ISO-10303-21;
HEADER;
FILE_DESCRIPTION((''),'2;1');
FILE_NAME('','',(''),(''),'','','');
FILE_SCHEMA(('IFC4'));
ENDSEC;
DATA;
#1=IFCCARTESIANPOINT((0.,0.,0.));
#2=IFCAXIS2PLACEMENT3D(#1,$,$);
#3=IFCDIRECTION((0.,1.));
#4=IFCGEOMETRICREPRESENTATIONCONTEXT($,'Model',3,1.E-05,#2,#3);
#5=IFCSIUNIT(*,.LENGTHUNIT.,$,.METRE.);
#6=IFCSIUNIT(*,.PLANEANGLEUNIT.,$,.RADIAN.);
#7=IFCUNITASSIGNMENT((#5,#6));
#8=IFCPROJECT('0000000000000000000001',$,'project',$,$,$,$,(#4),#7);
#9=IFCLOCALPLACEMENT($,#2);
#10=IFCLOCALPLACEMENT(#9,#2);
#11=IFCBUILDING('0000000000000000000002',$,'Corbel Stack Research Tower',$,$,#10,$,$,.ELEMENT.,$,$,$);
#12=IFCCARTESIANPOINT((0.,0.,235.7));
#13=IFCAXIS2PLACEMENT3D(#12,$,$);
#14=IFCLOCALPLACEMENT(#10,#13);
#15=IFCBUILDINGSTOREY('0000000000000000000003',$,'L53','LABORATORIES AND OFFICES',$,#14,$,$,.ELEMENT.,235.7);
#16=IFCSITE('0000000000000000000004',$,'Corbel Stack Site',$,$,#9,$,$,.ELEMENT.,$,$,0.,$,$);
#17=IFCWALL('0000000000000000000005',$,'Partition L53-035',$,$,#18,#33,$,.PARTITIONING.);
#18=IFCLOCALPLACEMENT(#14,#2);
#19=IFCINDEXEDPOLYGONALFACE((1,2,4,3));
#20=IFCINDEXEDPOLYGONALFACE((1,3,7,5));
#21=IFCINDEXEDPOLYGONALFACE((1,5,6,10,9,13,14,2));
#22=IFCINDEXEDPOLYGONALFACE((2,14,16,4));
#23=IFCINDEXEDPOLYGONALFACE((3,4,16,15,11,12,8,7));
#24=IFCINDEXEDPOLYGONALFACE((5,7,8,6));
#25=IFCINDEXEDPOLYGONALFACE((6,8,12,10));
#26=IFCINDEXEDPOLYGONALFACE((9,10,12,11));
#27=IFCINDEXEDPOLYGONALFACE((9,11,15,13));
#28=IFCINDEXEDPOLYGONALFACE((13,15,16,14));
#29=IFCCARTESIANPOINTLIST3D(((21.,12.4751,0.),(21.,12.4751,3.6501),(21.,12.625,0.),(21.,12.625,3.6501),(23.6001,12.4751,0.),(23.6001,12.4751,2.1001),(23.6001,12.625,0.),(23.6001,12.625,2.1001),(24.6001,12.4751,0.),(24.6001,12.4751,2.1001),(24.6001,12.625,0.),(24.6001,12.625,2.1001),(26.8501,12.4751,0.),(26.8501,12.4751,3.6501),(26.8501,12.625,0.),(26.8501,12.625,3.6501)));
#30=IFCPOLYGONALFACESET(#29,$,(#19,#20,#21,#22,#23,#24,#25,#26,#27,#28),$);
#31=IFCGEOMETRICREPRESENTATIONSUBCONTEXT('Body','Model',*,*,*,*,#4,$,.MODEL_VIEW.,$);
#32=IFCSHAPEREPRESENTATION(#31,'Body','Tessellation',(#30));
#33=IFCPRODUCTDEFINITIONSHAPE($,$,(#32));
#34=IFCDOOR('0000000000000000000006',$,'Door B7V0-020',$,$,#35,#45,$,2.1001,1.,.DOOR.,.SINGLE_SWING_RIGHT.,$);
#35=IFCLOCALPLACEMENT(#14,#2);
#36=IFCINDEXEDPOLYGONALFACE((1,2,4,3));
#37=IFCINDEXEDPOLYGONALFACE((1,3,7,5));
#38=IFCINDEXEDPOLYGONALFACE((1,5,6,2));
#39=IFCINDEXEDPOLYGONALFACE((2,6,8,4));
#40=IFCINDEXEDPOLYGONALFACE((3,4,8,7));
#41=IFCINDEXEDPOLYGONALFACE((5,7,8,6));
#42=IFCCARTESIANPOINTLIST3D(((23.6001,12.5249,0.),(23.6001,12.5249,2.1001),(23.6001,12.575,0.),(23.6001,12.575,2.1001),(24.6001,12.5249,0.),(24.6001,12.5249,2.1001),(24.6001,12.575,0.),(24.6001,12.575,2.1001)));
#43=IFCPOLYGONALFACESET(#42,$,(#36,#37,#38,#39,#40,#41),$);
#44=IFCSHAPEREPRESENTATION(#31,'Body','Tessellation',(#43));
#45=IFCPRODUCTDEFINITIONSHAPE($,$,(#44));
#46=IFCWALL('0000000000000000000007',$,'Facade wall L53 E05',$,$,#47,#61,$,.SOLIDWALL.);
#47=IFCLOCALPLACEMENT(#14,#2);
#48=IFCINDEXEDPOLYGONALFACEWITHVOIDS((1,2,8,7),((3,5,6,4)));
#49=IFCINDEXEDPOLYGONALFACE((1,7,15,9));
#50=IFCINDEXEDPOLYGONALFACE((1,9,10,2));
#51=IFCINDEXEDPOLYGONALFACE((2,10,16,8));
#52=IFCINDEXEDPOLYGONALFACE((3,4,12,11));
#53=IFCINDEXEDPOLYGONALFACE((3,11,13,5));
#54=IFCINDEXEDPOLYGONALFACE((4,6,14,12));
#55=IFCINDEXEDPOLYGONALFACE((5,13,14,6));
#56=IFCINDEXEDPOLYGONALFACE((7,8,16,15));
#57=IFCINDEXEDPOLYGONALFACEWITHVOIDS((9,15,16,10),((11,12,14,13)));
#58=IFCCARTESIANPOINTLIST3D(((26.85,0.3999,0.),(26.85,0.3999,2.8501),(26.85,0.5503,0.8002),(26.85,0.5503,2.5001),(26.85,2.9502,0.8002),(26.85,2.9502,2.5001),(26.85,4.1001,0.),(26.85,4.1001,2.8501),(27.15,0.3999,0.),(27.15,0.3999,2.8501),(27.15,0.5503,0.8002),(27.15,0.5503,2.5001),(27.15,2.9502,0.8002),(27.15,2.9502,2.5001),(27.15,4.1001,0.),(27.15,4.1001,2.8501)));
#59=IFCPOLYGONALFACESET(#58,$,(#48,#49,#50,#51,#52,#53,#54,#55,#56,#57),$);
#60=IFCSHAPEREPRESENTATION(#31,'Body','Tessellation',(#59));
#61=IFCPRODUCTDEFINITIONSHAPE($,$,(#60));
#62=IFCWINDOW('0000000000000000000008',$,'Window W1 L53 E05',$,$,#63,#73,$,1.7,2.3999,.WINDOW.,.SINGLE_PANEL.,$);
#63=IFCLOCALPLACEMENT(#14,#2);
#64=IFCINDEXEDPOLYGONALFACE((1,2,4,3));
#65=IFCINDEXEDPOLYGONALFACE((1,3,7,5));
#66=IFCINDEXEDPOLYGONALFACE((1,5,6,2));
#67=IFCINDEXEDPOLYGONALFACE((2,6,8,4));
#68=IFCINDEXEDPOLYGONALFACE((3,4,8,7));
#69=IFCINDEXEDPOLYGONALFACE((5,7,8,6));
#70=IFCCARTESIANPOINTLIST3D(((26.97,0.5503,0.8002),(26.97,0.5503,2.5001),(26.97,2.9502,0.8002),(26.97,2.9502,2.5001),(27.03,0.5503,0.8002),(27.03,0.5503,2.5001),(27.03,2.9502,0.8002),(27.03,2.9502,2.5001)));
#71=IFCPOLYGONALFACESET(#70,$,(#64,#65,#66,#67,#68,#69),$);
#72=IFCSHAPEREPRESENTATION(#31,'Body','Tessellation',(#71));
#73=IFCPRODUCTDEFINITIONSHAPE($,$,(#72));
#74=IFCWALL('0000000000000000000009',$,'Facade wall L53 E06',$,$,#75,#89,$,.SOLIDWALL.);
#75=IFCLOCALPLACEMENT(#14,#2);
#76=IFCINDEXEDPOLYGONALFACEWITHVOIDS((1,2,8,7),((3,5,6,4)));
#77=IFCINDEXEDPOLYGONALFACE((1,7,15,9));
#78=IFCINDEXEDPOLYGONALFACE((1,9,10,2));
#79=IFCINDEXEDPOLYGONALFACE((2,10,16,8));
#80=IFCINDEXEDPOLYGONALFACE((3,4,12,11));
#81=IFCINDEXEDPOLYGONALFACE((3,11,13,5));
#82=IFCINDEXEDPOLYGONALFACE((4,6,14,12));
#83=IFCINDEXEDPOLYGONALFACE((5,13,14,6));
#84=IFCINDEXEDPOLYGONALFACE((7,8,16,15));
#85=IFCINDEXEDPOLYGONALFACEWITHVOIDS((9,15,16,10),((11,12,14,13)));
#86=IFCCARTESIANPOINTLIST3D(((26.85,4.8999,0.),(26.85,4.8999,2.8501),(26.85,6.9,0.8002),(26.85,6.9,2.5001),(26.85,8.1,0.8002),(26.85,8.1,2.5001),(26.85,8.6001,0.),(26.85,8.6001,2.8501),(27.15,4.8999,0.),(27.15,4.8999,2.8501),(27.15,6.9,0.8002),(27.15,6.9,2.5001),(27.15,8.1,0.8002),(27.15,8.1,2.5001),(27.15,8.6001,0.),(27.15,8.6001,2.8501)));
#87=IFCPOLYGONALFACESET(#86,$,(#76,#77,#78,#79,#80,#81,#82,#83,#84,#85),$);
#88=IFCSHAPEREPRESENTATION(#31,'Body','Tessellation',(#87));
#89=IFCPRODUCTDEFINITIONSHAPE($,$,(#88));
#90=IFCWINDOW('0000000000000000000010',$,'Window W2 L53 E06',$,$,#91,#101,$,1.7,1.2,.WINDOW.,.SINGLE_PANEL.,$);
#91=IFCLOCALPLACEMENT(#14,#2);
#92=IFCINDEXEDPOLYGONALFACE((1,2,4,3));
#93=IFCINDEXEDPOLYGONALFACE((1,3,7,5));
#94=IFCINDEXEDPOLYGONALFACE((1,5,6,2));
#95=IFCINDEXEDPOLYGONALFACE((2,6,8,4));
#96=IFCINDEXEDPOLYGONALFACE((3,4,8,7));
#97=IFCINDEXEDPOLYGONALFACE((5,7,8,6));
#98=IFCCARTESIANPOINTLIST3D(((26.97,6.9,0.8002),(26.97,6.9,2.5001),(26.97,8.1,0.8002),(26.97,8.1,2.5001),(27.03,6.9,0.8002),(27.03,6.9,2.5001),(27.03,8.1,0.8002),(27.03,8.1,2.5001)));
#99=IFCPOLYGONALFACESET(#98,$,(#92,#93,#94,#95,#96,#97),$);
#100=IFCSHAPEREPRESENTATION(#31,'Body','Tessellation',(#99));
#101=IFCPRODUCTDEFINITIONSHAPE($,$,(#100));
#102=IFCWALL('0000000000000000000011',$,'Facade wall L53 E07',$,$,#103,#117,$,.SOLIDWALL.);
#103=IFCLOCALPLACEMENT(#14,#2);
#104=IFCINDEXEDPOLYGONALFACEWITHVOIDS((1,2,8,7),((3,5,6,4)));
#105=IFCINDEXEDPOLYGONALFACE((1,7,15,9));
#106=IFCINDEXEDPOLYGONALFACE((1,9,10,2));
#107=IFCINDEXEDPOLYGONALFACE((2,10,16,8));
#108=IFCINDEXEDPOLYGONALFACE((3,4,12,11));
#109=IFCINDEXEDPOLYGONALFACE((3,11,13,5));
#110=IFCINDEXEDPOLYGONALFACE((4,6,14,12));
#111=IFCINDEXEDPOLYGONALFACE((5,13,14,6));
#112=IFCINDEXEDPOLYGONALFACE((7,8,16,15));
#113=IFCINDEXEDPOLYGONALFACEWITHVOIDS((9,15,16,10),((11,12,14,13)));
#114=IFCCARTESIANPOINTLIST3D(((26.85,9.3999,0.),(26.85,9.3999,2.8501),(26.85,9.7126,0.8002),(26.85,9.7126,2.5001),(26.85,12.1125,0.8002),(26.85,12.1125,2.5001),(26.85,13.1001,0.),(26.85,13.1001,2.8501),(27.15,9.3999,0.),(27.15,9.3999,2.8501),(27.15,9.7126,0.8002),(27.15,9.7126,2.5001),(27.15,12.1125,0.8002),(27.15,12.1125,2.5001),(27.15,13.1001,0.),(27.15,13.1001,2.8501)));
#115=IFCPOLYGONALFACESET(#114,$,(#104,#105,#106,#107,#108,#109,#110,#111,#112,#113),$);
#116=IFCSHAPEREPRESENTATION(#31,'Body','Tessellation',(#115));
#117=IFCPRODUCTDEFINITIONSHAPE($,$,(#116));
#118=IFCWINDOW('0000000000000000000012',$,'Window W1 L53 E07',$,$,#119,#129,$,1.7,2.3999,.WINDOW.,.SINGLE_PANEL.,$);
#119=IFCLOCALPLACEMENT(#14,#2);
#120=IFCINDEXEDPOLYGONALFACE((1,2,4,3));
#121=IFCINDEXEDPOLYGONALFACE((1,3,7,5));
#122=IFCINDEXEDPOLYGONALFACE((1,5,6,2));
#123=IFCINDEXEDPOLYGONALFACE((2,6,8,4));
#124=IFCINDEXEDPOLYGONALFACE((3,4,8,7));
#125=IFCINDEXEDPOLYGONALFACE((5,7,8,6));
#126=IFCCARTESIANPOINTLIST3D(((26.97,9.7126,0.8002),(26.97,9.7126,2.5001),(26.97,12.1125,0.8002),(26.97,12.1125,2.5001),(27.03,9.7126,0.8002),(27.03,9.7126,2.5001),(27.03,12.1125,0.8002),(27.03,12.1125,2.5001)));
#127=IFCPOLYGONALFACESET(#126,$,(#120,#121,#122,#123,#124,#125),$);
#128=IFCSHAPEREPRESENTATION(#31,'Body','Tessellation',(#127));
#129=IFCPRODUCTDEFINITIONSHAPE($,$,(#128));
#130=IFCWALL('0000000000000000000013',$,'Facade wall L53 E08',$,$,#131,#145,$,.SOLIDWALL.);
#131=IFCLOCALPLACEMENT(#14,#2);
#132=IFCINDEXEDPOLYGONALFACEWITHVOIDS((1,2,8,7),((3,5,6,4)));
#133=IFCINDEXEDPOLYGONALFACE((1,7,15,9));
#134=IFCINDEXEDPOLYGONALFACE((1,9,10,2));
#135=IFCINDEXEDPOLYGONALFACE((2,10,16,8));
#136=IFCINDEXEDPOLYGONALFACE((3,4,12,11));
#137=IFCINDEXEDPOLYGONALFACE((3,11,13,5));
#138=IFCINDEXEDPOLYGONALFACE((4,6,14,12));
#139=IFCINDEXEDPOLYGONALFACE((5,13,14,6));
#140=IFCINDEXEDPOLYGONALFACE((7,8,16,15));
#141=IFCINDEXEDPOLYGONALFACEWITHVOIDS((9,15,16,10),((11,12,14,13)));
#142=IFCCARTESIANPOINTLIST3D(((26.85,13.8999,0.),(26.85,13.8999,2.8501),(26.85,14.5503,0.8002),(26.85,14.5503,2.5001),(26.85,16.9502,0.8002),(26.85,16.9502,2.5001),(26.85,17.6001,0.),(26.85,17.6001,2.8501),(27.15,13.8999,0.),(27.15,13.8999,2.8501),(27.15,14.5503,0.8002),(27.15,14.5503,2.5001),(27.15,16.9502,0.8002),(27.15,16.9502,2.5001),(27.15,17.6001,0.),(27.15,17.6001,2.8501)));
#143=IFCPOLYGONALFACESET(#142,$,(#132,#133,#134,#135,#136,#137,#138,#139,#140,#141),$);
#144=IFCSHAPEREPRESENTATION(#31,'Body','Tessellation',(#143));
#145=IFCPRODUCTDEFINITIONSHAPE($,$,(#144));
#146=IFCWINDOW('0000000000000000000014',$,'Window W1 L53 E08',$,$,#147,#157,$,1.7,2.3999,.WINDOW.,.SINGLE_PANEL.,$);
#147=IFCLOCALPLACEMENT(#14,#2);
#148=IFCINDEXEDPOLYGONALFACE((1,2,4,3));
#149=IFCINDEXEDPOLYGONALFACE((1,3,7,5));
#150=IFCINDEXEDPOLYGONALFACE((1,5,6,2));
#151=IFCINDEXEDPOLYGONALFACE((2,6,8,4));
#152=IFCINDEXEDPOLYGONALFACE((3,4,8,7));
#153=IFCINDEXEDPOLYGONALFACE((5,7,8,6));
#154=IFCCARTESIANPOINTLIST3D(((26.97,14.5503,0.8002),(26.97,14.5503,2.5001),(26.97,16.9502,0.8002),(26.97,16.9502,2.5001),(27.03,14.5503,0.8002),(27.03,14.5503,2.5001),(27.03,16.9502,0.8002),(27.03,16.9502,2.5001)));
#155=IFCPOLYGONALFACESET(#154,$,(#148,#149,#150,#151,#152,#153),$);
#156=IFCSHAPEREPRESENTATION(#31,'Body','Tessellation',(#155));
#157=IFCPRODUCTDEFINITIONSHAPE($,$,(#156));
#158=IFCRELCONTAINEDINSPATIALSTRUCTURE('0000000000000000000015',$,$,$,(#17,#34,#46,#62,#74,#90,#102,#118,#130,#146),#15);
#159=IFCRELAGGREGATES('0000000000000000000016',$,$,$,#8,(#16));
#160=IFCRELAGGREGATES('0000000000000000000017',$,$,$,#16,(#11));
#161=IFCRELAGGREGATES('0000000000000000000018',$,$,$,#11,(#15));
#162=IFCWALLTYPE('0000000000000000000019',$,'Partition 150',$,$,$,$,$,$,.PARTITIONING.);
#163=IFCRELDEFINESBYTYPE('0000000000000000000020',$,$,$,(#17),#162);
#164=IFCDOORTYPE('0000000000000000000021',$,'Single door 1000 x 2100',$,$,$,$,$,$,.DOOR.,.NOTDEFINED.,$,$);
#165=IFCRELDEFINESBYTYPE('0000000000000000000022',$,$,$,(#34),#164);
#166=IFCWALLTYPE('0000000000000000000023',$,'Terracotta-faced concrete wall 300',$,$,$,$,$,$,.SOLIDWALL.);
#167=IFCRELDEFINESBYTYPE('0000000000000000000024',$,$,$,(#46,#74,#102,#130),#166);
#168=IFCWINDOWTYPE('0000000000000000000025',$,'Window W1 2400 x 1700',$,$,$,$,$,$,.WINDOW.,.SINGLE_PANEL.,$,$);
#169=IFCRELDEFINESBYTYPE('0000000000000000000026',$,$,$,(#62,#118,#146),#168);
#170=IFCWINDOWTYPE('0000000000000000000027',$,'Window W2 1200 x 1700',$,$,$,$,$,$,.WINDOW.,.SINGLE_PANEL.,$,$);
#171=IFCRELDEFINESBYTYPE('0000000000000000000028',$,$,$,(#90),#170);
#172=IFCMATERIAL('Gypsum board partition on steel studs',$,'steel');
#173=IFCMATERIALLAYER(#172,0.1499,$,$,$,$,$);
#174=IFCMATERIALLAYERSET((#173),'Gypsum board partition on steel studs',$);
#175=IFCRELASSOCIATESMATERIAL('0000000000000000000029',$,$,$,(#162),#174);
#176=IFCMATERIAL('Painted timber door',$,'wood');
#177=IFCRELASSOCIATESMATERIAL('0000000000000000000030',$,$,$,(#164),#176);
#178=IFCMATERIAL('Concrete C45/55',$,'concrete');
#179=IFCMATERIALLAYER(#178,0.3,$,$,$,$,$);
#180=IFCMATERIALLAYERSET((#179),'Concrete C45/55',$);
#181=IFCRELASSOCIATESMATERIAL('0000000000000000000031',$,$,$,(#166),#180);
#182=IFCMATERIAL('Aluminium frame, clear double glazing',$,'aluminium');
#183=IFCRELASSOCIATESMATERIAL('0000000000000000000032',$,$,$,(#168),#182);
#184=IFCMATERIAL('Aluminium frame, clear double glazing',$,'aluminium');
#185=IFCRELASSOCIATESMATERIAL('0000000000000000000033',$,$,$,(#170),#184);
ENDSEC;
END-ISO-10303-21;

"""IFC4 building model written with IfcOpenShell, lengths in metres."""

from ifc_helpers import new_model, si_unit, direction, frame, frame_2d, origin, place, context, subcontext, project, spatial, rectangle, extrude, material, layer, layer_set, type_object, element, fill, save


model = new_model("IFC4")

# Units and contexts
model_context = context("Model", 3, precision=1e-05, world=origin(), true_north=direction((0.0, 1.0)))
body_context = subcontext(model_context, "Body", "Model", "MODEL_VIEW")
ifc_project = project(units=[si_unit("LENGTHUNIT", "METRE"), si_unit("PLANEANGLEUNIT", "RADIAN")], contexts=[model_context])

# Site, building, storey
site_placement = place(None, origin())
site = spatial("IfcSite", under=ifc_project, at=site_placement, Name="Corbel Stack Site", CompositionType="ELEMENT", RefElevation=0.0)
building_placement = place(site_placement, origin())
building = spatial("IfcBuilding", under=site, at=building_placement, Name="Corbel Stack Research Tower", CompositionType="ELEMENT")
storey_placement = place(building_placement, frame((0.0, 0.0, 235.7)))
storey = spatial("IfcBuildingStorey", under=building, at=storey_placement, Name="L53", Description="LABORATORIES AND OFFICES", CompositionType="ELEMENT", Elevation=235.7)

# Wall, opening, door
ifc_material_1 = material(Name="Gypsum board partition on steel studs", Category="steel")
ifc_layer_1 = layer(ifc_material_1, 0.1499)
ifc_layer_set_1 = layer_set([ifc_layer_1], Name="Gypsum board partition on steel studs")
wall_type_1 = type_object("IfcWallType", Name="Partition 150", PredefinedType="PARTITIONING", material=ifc_layer_set_1)
wall_1_placement = place(storey_placement, frame((21.0, 12.55, 0.0), z_axis=(0.0, 0.0, 1.0), x_axis=(1.0, 0.0, 0.0)))
wall_1 = element("IfcWall", 1, at=wall_1_placement, inside=storey, type_object=wall_type_1, Name="Partition L53-035", PredefinedType="PARTITIONING", context=body_context, shape_type="SweptSolid", body=[
    extrude(rectangle(XDim=5.8501, YDim=0.1499, at=frame_2d((2.925, 0.0))), origin(), (0.0, 0.0, 1.0), 3.6501),
])
opening_1_placement = place(wall_1_placement, frame((2.6001, 0.0, 0.0)))
opening_1 = element("IfcOpeningElement", 2, at=opening_1_placement, cuts=wall_1, PredefinedType="OPENING", context=body_context, shape_type="SweptSolid", body=[
    extrude(rectangle(XDim=1.0, YDim=2.1001, at=frame_2d((0.5, 1.05))), frame((0.0, 0.085, 0.0), z_axis=(0.0, -1.0, 0.0), x_axis=(1.0, 0.0, 0.0)), (0.0, 0.0, 1.0), 0.1699),
])
ifc_material_2 = material(Name="Painted timber door", Category="wood")
door_type_1 = type_object("IfcDoorType", Name="Single door 1000 x 2100", OperationType="NOTDEFINED", PredefinedType="DOOR", material=ifc_material_2)
door_1_placement = place(opening_1_placement, origin())
door_1 = element("IfcDoor", 3, at=door_1_placement, inside=storey, type_object=door_type_1, Name="Door B7V0-020", OperationType="SINGLE_SWING_RIGHT", OverallHeight=2.1001, OverallWidth=1.0, PredefinedType="DOOR", context=body_context, shape_type="SweptSolid", body=[
    extrude(rectangle(XDim=1.0, YDim=2.1001, at=frame_2d((0.5, 1.05))), frame((0.0, 0.0249, 0.0), z_axis=(0.0, -1.0, 0.0), x_axis=(1.0, 0.0, 0.0)), (0.0, 0.0, 1.0), 0.05),
])
fill(opening_1, door_1)

# Walls, openings, windows
ifc_material_3 = material(Name="Concrete C45/55", Category="concrete")
ifc_layer_2 = layer(ifc_material_3, 0.3)
ifc_layer_set_2 = layer_set([ifc_layer_2], Name="Concrete C45/55")
wall_type_2 = type_object("IfcWallType", Name="Terracotta-faced concrete wall 300", PredefinedType="SOLIDWALL", material=ifc_layer_set_2)
wall_2_placement = place(storey_placement, frame((27.0, 4.1001, 0.0), z_axis=(0.0, 0.0, 1.0), x_axis=(0.0, -1.0, 0.0)))
wall_2 = element("IfcWall", 4, at=wall_2_placement, inside=storey, type_object=wall_type_2, Name="Facade wall L53 E05", PredefinedType="SOLIDWALL", context=body_context, shape_type="SweptSolid", body=[
    extrude(rectangle(XDim=3.7002, YDim=0.3, at=frame_2d((1.8501, 0.0))), origin(), (0.0, 0.0, 1.0), 2.8501),
])
opening_2_placement = place(wall_2_placement, frame((1.1499, 0.0, 0.8)))
opening_2 = element("IfcOpeningElement", 5, at=opening_2_placement, cuts=wall_2, PredefinedType="OPENING", context=body_context, shape_type="SweptSolid", body=[
    extrude(rectangle(XDim=2.3999, YDim=1.7, at=frame_2d((1.2, 0.8501))), frame((0.0, 0.1599, 0.0), z_axis=(0.0, -1.0, 0.0), x_axis=(1.0, 0.0, 0.0)), (0.0, 0.0, 1.0), 0.3201),
])
ifc_material_4 = material(Name="Aluminium frame, clear double glazing", Category="aluminium")
window_type_1 = type_object("IfcWindowType", Name="Window W1 2400 x 1700", PartitioningType="SINGLE_PANEL", PredefinedType="WINDOW", material=ifc_material_4)
window_1_placement = place(opening_2_placement, origin())
window_1 = element("IfcWindow", 6, at=window_1_placement, inside=storey, type_object=window_type_1, Name="Window W1 L53 E05", OverallHeight=1.7, OverallWidth=2.3999, PartitioningType="SINGLE_PANEL", PredefinedType="WINDOW", context=body_context, shape_type="SweptSolid", body=[
    extrude(rectangle(XDim=2.3999, YDim=1.7, at=frame_2d((1.2, 0.8501))), frame((0.0, 0.03, 0.0), z_axis=(0.0, -1.0, 0.0), x_axis=(1.0, 0.0, 0.0)), (0.0, 0.0, 1.0), 0.0601),
])
fill(opening_2, window_1)
wall_3_placement = place(storey_placement, frame((27.0, 8.6001, 0.0), z_axis=(0.0, 0.0, 1.0), x_axis=(0.0, -1.0, 0.0)))
wall_3 = element("IfcWall", 7, at=wall_3_placement, inside=storey, type_object=wall_type_2, Name="Facade wall L53 E06", PredefinedType="SOLIDWALL", context=body_context, shape_type="SweptSolid", body=[
    extrude(rectangle(XDim=3.7002, YDim=0.3, at=frame_2d((1.8501, 0.0))), origin(), (0.0, 0.0, 1.0), 2.8501),
])
opening_3_placement = place(wall_3_placement, frame((0.5, 0.0, 0.8)))
opening_3 = element("IfcOpeningElement", 8, at=opening_3_placement, cuts=wall_3, PredefinedType="OPENING", context=body_context, shape_type="SweptSolid", body=[
    extrude(rectangle(XDim=1.2, YDim=1.7, at=frame_2d((0.6001, 0.8501))), frame((0.0, 0.1599, 0.0), z_axis=(0.0, -1.0, 0.0), x_axis=(1.0, 0.0, 0.0)), (0.0, 0.0, 1.0), 0.3201),
])
ifc_material_5 = material(Name="Aluminium frame, clear double glazing", Category="aluminium")
window_type_2 = type_object("IfcWindowType", Name="Window W2 1200 x 1700", PartitioningType="SINGLE_PANEL", PredefinedType="WINDOW", material=ifc_material_5)
window_2_placement = place(opening_3_placement, origin())
window_2 = element("IfcWindow", 9, at=window_2_placement, inside=storey, type_object=window_type_2, Name="Window W2 L53 E06", OverallHeight=1.7, OverallWidth=1.2, PartitioningType="SINGLE_PANEL", PredefinedType="WINDOW", context=body_context, shape_type="SweptSolid", body=[
    extrude(rectangle(XDim=1.2, YDim=1.7, at=frame_2d((0.6001, 0.8501))), frame((0.0, 0.03, 0.0), z_axis=(0.0, -1.0, 0.0), x_axis=(1.0, 0.0, 0.0)), (0.0, 0.0, 1.0), 0.0601),
])
fill(opening_3, window_2)
wall_4_placement = place(storey_placement, frame((27.0, 13.1001, 0.0), z_axis=(0.0, 0.0, 1.0), x_axis=(0.0, -1.0, 0.0)))
wall_4 = element("IfcWall", 10, at=wall_4_placement, inside=storey, type_object=wall_type_2, Name="Facade wall L53 E07", PredefinedType="SOLIDWALL", context=body_context, shape_type="SweptSolid", body=[
    extrude(rectangle(XDim=3.7002, YDim=0.3, at=frame_2d((1.8501, 0.0))), origin(), (0.0, 0.0, 1.0), 2.8501),
])
opening_4_placement = place(wall_4_placement, frame((0.9875, 0.0, 0.8)))
opening_4 = element("IfcOpeningElement", 11, at=opening_4_placement, cuts=wall_4, PredefinedType="OPENING", context=body_context, shape_type="SweptSolid", body=[
    extrude(rectangle(XDim=2.3999, YDim=1.7, at=frame_2d((1.2, 0.8501))), frame((0.0, 0.1599, 0.0), z_axis=(0.0, -1.0, 0.0), x_axis=(1.0, 0.0, 0.0)), (0.0, 0.0, 1.0), 0.3201),
])
window_3_placement = place(opening_4_placement, origin())
window_3 = element("IfcWindow", 12, at=window_3_placement, inside=storey, type_object=window_type_1, Name="Window W1 L53 E07", OverallHeight=1.7, OverallWidth=2.3999, PartitioningType="SINGLE_PANEL", PredefinedType="WINDOW", context=body_context, shape_type="SweptSolid", body=[
    extrude(rectangle(XDim=2.3999, YDim=1.7, at=frame_2d((1.2, 0.8501))), frame((0.0, 0.03, 0.0), z_axis=(0.0, -1.0, 0.0), x_axis=(1.0, 0.0, 0.0)), (0.0, 0.0, 1.0), 0.0601),
])
fill(opening_4, window_3)
wall_5_placement = place(storey_placement, frame((27.0, 17.6001, 0.0), z_axis=(0.0, 0.0, 1.0), x_axis=(0.0, -1.0, 0.0)))
wall_5 = element("IfcWall", 13, at=wall_5_placement, inside=storey, type_object=wall_type_2, Name="Facade wall L53 E08", PredefinedType="SOLIDWALL", context=body_context, shape_type="SweptSolid", body=[
    extrude(rectangle(XDim=3.7002, YDim=0.3, at=frame_2d((1.8501, 0.0))), origin(), (0.0, 0.0, 1.0), 2.8501),
])
opening_5_placement = place(wall_5_placement, frame((0.6499, 0.0, 0.8)))
opening_5 = element("IfcOpeningElement", 14, at=opening_5_placement, cuts=wall_5, PredefinedType="OPENING", context=body_context, shape_type="SweptSolid", body=[
    extrude(rectangle(XDim=2.3999, YDim=1.7, at=frame_2d((1.2, 0.8501))), frame((0.0, 0.1599, 0.0), z_axis=(0.0, -1.0, 0.0), x_axis=(1.0, 0.0, 0.0)), (0.0, 0.0, 1.0), 0.3201),
])
window_4_placement = place(opening_5_placement, origin())
window_4 = element("IfcWindow", 15, at=window_4_placement, inside=storey, type_object=window_type_1, Name="Window W1 L53 E08", OverallHeight=1.7, OverallWidth=2.3999, PartitioningType="SINGLE_PANEL", PredefinedType="WINDOW", context=body_context, shape_type="SweptSolid", body=[
    extrude(rectangle(XDim=2.3999, YDim=1.7, at=frame_2d((1.2, 0.8501))), frame((0.0, 0.03, 0.0), z_axis=(0.0, -1.0, 0.0), x_axis=(1.0, 0.0, 0.0)), (0.0, 0.0, 1.0), 0.0601),
])
fill(opening_5, window_4)

save(model, "model.ifc")
